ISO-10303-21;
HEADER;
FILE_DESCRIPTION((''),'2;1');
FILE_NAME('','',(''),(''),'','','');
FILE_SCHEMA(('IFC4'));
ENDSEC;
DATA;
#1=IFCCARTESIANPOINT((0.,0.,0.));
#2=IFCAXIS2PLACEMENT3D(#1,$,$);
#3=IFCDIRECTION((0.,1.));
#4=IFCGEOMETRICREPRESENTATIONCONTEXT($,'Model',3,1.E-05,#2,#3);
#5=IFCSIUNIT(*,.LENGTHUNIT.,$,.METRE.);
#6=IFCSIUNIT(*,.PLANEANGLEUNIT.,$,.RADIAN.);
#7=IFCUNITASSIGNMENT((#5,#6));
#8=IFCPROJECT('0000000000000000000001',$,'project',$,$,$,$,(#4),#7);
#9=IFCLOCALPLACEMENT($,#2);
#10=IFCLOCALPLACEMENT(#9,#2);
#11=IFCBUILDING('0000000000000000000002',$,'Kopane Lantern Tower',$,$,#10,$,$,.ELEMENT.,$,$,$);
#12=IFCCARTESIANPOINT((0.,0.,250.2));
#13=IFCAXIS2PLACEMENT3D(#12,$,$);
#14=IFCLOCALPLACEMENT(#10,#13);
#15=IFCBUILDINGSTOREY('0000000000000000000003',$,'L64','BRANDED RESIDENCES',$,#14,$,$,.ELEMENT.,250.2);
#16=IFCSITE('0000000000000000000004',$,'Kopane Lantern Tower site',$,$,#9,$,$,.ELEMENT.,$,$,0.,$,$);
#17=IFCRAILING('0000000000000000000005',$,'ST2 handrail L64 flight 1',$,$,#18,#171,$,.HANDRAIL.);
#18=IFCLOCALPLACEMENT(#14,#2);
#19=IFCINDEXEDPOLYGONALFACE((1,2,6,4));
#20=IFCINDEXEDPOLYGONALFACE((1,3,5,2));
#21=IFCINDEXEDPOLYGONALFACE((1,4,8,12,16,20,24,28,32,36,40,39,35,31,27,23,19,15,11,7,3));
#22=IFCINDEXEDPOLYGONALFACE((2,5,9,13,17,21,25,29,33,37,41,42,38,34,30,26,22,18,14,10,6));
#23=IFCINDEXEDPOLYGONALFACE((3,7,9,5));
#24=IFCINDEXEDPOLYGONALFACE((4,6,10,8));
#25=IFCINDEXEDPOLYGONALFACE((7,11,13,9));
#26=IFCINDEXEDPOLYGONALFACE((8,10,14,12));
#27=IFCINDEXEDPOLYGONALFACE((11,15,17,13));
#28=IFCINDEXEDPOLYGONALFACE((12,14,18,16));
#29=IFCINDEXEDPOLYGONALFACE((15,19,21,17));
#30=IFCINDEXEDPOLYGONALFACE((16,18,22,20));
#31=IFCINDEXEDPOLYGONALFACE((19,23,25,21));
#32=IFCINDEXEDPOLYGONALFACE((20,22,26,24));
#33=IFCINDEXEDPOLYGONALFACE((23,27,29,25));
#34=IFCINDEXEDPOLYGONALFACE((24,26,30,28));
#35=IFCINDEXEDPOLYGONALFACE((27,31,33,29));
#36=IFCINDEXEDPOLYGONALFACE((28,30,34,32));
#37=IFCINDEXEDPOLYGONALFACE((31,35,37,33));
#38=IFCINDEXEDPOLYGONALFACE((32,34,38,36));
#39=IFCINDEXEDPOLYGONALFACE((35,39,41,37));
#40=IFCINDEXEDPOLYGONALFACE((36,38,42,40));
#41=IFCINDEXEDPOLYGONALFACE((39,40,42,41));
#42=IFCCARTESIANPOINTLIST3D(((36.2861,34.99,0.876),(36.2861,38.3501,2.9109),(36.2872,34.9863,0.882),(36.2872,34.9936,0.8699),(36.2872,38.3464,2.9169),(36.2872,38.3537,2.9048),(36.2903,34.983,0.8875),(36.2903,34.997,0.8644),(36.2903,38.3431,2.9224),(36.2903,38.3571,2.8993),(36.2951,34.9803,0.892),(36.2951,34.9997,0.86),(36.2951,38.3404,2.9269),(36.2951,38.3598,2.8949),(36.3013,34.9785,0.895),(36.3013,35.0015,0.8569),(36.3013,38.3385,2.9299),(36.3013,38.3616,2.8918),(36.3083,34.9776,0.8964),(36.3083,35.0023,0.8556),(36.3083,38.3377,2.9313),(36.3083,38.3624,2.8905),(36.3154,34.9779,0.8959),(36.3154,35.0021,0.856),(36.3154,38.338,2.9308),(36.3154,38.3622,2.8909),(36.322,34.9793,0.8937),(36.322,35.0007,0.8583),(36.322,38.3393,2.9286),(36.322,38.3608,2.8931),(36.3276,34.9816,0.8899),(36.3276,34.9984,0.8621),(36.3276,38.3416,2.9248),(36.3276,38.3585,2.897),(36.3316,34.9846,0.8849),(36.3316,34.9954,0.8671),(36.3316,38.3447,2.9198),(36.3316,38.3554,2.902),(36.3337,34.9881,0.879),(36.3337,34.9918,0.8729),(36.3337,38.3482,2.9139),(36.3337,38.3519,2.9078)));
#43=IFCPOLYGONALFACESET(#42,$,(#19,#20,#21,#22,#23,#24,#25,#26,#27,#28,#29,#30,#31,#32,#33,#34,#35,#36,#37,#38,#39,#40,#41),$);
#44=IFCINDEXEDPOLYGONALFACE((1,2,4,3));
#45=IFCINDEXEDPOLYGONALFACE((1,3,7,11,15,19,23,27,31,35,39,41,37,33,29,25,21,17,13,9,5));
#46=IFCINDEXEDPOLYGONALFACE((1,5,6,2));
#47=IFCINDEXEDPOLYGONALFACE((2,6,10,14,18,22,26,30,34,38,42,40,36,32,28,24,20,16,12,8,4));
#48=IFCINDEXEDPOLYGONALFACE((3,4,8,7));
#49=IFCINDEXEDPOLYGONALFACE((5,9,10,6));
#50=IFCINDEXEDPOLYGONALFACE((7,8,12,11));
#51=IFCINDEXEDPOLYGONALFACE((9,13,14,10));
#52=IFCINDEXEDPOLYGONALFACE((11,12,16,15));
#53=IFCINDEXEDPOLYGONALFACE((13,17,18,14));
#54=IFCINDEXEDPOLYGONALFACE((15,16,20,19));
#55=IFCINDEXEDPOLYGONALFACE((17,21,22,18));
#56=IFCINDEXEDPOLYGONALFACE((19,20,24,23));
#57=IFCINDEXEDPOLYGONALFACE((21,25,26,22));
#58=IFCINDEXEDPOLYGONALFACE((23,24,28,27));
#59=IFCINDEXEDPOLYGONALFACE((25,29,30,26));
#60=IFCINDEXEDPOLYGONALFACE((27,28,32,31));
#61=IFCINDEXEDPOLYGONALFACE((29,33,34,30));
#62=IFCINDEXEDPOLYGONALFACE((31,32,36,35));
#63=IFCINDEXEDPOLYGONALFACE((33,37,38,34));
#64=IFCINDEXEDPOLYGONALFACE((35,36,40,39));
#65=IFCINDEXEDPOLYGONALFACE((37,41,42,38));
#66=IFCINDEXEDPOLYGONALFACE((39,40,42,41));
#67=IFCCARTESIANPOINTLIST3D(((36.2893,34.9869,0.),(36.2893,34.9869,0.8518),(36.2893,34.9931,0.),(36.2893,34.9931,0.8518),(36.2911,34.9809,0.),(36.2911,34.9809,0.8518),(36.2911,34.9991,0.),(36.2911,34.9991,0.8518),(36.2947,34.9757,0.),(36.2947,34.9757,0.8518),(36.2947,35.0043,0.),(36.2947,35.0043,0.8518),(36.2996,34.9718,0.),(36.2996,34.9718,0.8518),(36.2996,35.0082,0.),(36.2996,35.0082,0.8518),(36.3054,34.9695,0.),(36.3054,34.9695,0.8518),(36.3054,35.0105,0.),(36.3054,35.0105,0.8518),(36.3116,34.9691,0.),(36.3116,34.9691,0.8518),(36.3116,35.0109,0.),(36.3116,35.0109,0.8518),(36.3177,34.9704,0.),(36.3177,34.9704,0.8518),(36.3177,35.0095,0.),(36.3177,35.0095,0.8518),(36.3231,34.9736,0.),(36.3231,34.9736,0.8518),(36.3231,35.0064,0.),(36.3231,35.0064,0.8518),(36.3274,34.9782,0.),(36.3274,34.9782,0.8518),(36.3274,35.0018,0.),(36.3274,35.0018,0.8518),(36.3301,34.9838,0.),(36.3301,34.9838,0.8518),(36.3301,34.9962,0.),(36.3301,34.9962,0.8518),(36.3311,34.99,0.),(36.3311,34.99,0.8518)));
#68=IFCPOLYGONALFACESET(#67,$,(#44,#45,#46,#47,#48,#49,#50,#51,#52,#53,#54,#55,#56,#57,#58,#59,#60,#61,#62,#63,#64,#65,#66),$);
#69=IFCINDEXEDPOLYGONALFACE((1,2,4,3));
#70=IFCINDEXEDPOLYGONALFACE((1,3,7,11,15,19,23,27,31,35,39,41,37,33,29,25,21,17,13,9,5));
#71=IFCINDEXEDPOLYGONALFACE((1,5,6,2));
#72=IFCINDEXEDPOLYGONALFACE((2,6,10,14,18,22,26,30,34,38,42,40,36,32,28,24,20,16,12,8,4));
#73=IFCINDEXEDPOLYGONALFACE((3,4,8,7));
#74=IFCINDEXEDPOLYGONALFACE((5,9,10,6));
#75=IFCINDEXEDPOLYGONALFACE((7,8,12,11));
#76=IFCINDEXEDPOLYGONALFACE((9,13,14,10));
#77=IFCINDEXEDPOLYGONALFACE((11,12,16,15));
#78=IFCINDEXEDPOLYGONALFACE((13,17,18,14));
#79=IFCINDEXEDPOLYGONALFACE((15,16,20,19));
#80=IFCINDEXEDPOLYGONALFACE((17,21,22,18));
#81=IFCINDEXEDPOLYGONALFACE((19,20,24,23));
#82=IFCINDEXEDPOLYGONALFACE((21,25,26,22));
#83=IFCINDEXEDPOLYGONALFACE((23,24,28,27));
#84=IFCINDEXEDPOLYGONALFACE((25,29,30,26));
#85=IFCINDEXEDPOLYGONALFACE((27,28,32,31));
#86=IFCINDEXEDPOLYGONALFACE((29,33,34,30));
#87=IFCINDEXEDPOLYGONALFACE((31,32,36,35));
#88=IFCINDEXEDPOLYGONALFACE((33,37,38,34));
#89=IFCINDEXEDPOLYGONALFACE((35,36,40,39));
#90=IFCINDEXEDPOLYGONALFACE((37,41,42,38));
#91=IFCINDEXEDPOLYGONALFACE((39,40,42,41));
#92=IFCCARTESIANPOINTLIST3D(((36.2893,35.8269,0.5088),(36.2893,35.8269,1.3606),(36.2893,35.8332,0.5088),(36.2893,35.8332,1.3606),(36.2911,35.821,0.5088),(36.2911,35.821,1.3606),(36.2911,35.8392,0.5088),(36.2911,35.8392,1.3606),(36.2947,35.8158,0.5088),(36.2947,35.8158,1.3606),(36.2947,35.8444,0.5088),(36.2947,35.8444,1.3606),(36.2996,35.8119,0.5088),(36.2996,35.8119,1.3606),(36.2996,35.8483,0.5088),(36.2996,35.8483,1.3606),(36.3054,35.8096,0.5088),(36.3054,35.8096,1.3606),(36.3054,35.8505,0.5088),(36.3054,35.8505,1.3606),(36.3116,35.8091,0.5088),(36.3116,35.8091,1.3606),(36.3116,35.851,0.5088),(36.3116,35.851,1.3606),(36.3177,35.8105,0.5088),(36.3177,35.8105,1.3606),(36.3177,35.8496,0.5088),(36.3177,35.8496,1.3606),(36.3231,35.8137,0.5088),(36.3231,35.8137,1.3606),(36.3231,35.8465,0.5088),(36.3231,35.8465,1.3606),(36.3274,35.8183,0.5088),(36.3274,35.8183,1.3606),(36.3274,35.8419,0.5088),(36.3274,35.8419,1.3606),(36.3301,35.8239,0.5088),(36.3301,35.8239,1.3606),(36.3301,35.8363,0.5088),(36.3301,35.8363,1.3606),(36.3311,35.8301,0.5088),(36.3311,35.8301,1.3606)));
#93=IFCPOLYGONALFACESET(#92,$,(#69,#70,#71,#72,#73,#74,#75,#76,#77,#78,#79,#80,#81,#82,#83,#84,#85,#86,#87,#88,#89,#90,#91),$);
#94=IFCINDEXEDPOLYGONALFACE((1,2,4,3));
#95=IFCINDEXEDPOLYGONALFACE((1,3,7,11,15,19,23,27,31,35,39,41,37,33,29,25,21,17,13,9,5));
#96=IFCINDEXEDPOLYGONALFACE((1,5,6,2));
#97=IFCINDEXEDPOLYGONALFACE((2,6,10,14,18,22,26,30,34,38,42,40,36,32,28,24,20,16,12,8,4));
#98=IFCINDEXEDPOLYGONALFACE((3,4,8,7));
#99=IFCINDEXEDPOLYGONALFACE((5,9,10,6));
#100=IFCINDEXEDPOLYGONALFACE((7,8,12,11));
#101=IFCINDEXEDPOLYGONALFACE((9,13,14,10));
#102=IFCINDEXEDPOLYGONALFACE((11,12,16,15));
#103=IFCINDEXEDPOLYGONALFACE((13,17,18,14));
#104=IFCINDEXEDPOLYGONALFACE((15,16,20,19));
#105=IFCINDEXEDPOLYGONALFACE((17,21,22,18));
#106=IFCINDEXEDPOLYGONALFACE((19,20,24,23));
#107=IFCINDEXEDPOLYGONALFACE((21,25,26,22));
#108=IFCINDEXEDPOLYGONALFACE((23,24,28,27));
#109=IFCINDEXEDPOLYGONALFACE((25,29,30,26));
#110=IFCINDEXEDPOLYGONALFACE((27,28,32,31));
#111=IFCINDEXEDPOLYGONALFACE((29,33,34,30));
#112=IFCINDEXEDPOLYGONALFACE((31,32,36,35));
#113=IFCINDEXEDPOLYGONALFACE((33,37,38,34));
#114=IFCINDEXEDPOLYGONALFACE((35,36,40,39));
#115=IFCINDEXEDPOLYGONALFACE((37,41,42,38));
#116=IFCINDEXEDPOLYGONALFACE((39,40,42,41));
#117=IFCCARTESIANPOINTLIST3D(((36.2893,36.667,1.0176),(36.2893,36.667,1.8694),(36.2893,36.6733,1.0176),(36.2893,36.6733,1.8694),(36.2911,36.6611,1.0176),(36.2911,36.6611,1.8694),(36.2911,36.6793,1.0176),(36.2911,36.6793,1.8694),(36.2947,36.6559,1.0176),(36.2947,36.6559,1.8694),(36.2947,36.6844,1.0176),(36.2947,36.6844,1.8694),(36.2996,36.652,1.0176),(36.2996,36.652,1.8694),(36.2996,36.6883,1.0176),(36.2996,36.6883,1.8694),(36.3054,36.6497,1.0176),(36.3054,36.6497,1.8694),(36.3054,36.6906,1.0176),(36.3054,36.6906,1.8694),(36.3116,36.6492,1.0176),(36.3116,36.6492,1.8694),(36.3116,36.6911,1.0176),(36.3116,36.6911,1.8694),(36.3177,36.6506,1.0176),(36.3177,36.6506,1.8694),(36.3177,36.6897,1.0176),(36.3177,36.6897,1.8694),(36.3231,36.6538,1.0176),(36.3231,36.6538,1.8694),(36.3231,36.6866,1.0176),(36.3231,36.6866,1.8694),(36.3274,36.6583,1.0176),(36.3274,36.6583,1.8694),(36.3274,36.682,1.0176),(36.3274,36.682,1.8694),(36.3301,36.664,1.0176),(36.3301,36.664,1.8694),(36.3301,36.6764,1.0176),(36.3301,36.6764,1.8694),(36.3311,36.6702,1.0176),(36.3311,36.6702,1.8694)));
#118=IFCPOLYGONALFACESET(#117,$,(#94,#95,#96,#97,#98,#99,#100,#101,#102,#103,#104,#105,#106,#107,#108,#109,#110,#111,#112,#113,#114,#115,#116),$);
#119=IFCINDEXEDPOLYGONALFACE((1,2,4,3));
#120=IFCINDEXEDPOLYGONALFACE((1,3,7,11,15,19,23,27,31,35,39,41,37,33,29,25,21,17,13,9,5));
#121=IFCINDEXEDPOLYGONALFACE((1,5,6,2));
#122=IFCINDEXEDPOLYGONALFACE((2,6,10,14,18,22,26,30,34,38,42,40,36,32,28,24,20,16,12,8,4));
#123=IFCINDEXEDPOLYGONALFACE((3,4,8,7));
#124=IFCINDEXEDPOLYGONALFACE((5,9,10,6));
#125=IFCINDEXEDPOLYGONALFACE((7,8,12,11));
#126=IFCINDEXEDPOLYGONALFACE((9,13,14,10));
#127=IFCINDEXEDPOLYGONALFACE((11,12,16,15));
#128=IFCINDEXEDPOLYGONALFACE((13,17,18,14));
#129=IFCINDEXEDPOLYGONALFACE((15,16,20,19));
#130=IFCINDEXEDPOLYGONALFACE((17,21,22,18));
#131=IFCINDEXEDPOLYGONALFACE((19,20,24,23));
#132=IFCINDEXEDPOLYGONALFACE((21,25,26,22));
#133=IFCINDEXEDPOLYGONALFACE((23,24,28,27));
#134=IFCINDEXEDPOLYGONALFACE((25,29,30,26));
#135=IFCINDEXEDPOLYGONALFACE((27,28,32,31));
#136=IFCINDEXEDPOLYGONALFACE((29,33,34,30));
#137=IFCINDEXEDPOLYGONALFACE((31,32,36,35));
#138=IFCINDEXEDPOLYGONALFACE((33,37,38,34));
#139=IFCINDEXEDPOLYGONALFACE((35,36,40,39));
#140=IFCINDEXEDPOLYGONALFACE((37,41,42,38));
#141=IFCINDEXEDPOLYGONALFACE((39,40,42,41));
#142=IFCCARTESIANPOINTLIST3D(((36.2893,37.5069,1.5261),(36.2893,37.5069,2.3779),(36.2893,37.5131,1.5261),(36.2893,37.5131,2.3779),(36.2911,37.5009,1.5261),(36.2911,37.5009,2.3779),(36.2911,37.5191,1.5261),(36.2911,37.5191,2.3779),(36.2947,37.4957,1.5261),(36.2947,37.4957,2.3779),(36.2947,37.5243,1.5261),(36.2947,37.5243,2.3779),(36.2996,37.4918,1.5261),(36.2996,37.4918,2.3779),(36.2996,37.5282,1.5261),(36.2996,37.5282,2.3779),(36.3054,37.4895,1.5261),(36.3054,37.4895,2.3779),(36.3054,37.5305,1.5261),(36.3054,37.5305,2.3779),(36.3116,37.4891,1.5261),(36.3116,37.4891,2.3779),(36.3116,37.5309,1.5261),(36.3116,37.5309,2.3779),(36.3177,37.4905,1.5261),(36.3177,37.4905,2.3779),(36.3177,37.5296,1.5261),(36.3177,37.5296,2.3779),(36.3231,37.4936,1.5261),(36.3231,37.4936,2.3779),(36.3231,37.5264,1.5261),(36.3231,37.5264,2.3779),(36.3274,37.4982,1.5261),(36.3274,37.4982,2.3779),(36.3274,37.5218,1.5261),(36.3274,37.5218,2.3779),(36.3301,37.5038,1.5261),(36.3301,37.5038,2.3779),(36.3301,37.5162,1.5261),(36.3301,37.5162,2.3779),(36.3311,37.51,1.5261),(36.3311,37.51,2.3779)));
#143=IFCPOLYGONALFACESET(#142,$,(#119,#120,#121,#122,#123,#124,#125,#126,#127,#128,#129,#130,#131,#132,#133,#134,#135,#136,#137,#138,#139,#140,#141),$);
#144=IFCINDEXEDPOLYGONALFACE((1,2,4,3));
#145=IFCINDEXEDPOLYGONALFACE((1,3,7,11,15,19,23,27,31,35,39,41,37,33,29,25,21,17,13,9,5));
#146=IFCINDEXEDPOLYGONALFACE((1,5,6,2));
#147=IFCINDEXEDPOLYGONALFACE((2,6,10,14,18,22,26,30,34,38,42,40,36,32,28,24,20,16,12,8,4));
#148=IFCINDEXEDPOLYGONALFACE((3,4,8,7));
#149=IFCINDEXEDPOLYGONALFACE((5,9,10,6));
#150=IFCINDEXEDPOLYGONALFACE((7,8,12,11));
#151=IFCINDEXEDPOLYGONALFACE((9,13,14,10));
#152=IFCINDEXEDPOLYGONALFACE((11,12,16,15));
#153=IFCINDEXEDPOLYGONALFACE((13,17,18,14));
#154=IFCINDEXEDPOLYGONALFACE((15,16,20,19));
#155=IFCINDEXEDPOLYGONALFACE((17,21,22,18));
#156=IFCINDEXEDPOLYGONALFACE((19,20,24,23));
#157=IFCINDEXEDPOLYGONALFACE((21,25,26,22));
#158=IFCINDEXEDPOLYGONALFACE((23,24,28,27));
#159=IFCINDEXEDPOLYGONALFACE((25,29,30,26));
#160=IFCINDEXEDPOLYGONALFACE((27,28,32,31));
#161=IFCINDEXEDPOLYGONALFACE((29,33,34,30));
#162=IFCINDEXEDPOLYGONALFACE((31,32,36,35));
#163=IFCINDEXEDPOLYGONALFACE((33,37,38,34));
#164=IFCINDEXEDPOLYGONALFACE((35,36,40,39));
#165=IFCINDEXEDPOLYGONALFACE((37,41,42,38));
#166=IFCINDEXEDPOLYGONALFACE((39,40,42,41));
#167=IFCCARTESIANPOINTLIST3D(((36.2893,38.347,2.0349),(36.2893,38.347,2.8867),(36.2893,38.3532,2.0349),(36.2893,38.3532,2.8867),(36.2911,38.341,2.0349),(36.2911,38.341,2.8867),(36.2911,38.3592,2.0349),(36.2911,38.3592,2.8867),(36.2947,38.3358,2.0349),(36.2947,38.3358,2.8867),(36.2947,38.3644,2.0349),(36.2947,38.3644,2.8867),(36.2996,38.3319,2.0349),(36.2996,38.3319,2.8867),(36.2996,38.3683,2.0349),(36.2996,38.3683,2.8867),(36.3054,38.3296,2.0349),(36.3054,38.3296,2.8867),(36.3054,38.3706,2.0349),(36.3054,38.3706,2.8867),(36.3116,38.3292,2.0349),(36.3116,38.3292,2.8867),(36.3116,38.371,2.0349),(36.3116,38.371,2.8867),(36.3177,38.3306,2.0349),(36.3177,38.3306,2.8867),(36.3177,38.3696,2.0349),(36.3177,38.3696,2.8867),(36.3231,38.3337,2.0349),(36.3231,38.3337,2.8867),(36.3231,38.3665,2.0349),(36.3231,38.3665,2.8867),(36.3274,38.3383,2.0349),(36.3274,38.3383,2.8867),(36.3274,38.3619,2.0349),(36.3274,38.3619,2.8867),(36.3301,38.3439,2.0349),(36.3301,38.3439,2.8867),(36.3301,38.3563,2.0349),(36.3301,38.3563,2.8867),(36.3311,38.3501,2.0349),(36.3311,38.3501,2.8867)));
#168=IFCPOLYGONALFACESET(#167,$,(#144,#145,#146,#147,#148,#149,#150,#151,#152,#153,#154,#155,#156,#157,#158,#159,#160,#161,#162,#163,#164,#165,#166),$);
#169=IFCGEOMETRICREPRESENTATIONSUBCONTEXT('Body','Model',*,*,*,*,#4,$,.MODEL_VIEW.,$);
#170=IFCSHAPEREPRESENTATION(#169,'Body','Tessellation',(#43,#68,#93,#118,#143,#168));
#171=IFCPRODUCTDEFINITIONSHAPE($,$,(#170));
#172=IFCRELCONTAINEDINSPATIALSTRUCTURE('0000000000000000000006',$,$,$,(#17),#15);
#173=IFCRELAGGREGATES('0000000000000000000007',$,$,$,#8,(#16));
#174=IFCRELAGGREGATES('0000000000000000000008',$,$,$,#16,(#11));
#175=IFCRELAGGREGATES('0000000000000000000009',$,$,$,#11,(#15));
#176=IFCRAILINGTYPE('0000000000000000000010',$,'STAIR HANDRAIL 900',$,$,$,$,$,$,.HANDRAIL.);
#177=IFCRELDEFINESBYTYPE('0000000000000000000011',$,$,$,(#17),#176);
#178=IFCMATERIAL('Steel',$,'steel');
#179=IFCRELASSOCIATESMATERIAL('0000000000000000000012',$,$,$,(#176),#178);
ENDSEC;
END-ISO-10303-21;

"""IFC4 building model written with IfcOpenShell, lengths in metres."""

from ifc_helpers import new_model, si_unit, direction, frame, origin, origin_2d, place, context, subcontext, project, spatial, circle, extrude, material, type_object, element, save


model = new_model("IFC4")

# Units and contexts
model_context = context("Model", 3, precision=1e-05, world=origin(), true_north=direction((0.0, 1.0)))
body_context = subcontext(model_context, "Body", "Model", "MODEL_VIEW")
ifc_project = project(units=[si_unit("LENGTHUNIT", "METRE"), si_unit("PLANEANGLEUNIT", "RADIAN")], contexts=[model_context])

# Site, building, storey
site_placement = place(None, origin())
site = spatial("IfcSite", under=ifc_project, at=site_placement, Name="Kopane Lantern Tower site", CompositionType="ELEMENT", RefElevation=0.0)
building_placement = place(site_placement, origin())
building = spatial("IfcBuilding", under=site, at=building_placement, Name="Kopane Lantern Tower", CompositionType="ELEMENT")
storey_placement = place(building_placement, frame((0.0, 0.0, 250.2)))
storey = spatial("IfcBuildingStorey", under=building, at=storey_placement, Name="L64", Description="BRANDED RESIDENCES", CompositionType="ELEMENT", Elevation=250.2)

# Railing
ifc_material_1 = material(Name="Steel", Category="steel")
railing_type_1 = type_object("IfcRailingType", Name="STAIR HANDRAIL 900", PredefinedType="HANDRAIL", material=ifc_material_1)
for number, where, name in (
    (1, (36.3101, 34.99, 0.0), "ST2 handrail L64 flight 1"),
):
    element("IfcRailing", number, at=place(storey_placement, frame(where)), inside=storey, type_object=railing_type_1, Name=name, PredefinedType="HANDRAIL", context=body_context, shape_type="SweptSolid", body=[
        extrude(circle(Radius=0.0239, at=origin_2d()), frame((0.0, 0.0, 0.876), z_axis=(0.0, 0.855369, 0.518019), x_axis=(-1.0, 0.0, 0.0)), (0.0, 0.0, 1.0), 3.9282),
        extrude(circle(Radius=0.021, at=origin_2d()), origin(), (0.0, 0.0, 1.0), 0.8518),
        extrude(circle(Radius=0.021, at=origin_2d()), frame((0.0, 0.8401, 0.5088)), (0.0, 0.0, 1.0), 0.8518),
        extrude(circle(Radius=0.021, at=origin_2d()), frame((0.0, 1.6802, 1.0176)), (0.0, 0.0, 1.0), 0.8518),
        extrude(circle(Radius=0.021, at=origin_2d()), frame((0.0, 2.52, 1.5261)), (0.0, 0.0, 1.0), 0.8518),
        extrude(circle(Radius=0.021, at=origin_2d()), frame((0.0, 3.3601, 2.0349)), (0.0, 0.0, 1.0), 0.8518),
    ])

save(model, "model.ifc")
